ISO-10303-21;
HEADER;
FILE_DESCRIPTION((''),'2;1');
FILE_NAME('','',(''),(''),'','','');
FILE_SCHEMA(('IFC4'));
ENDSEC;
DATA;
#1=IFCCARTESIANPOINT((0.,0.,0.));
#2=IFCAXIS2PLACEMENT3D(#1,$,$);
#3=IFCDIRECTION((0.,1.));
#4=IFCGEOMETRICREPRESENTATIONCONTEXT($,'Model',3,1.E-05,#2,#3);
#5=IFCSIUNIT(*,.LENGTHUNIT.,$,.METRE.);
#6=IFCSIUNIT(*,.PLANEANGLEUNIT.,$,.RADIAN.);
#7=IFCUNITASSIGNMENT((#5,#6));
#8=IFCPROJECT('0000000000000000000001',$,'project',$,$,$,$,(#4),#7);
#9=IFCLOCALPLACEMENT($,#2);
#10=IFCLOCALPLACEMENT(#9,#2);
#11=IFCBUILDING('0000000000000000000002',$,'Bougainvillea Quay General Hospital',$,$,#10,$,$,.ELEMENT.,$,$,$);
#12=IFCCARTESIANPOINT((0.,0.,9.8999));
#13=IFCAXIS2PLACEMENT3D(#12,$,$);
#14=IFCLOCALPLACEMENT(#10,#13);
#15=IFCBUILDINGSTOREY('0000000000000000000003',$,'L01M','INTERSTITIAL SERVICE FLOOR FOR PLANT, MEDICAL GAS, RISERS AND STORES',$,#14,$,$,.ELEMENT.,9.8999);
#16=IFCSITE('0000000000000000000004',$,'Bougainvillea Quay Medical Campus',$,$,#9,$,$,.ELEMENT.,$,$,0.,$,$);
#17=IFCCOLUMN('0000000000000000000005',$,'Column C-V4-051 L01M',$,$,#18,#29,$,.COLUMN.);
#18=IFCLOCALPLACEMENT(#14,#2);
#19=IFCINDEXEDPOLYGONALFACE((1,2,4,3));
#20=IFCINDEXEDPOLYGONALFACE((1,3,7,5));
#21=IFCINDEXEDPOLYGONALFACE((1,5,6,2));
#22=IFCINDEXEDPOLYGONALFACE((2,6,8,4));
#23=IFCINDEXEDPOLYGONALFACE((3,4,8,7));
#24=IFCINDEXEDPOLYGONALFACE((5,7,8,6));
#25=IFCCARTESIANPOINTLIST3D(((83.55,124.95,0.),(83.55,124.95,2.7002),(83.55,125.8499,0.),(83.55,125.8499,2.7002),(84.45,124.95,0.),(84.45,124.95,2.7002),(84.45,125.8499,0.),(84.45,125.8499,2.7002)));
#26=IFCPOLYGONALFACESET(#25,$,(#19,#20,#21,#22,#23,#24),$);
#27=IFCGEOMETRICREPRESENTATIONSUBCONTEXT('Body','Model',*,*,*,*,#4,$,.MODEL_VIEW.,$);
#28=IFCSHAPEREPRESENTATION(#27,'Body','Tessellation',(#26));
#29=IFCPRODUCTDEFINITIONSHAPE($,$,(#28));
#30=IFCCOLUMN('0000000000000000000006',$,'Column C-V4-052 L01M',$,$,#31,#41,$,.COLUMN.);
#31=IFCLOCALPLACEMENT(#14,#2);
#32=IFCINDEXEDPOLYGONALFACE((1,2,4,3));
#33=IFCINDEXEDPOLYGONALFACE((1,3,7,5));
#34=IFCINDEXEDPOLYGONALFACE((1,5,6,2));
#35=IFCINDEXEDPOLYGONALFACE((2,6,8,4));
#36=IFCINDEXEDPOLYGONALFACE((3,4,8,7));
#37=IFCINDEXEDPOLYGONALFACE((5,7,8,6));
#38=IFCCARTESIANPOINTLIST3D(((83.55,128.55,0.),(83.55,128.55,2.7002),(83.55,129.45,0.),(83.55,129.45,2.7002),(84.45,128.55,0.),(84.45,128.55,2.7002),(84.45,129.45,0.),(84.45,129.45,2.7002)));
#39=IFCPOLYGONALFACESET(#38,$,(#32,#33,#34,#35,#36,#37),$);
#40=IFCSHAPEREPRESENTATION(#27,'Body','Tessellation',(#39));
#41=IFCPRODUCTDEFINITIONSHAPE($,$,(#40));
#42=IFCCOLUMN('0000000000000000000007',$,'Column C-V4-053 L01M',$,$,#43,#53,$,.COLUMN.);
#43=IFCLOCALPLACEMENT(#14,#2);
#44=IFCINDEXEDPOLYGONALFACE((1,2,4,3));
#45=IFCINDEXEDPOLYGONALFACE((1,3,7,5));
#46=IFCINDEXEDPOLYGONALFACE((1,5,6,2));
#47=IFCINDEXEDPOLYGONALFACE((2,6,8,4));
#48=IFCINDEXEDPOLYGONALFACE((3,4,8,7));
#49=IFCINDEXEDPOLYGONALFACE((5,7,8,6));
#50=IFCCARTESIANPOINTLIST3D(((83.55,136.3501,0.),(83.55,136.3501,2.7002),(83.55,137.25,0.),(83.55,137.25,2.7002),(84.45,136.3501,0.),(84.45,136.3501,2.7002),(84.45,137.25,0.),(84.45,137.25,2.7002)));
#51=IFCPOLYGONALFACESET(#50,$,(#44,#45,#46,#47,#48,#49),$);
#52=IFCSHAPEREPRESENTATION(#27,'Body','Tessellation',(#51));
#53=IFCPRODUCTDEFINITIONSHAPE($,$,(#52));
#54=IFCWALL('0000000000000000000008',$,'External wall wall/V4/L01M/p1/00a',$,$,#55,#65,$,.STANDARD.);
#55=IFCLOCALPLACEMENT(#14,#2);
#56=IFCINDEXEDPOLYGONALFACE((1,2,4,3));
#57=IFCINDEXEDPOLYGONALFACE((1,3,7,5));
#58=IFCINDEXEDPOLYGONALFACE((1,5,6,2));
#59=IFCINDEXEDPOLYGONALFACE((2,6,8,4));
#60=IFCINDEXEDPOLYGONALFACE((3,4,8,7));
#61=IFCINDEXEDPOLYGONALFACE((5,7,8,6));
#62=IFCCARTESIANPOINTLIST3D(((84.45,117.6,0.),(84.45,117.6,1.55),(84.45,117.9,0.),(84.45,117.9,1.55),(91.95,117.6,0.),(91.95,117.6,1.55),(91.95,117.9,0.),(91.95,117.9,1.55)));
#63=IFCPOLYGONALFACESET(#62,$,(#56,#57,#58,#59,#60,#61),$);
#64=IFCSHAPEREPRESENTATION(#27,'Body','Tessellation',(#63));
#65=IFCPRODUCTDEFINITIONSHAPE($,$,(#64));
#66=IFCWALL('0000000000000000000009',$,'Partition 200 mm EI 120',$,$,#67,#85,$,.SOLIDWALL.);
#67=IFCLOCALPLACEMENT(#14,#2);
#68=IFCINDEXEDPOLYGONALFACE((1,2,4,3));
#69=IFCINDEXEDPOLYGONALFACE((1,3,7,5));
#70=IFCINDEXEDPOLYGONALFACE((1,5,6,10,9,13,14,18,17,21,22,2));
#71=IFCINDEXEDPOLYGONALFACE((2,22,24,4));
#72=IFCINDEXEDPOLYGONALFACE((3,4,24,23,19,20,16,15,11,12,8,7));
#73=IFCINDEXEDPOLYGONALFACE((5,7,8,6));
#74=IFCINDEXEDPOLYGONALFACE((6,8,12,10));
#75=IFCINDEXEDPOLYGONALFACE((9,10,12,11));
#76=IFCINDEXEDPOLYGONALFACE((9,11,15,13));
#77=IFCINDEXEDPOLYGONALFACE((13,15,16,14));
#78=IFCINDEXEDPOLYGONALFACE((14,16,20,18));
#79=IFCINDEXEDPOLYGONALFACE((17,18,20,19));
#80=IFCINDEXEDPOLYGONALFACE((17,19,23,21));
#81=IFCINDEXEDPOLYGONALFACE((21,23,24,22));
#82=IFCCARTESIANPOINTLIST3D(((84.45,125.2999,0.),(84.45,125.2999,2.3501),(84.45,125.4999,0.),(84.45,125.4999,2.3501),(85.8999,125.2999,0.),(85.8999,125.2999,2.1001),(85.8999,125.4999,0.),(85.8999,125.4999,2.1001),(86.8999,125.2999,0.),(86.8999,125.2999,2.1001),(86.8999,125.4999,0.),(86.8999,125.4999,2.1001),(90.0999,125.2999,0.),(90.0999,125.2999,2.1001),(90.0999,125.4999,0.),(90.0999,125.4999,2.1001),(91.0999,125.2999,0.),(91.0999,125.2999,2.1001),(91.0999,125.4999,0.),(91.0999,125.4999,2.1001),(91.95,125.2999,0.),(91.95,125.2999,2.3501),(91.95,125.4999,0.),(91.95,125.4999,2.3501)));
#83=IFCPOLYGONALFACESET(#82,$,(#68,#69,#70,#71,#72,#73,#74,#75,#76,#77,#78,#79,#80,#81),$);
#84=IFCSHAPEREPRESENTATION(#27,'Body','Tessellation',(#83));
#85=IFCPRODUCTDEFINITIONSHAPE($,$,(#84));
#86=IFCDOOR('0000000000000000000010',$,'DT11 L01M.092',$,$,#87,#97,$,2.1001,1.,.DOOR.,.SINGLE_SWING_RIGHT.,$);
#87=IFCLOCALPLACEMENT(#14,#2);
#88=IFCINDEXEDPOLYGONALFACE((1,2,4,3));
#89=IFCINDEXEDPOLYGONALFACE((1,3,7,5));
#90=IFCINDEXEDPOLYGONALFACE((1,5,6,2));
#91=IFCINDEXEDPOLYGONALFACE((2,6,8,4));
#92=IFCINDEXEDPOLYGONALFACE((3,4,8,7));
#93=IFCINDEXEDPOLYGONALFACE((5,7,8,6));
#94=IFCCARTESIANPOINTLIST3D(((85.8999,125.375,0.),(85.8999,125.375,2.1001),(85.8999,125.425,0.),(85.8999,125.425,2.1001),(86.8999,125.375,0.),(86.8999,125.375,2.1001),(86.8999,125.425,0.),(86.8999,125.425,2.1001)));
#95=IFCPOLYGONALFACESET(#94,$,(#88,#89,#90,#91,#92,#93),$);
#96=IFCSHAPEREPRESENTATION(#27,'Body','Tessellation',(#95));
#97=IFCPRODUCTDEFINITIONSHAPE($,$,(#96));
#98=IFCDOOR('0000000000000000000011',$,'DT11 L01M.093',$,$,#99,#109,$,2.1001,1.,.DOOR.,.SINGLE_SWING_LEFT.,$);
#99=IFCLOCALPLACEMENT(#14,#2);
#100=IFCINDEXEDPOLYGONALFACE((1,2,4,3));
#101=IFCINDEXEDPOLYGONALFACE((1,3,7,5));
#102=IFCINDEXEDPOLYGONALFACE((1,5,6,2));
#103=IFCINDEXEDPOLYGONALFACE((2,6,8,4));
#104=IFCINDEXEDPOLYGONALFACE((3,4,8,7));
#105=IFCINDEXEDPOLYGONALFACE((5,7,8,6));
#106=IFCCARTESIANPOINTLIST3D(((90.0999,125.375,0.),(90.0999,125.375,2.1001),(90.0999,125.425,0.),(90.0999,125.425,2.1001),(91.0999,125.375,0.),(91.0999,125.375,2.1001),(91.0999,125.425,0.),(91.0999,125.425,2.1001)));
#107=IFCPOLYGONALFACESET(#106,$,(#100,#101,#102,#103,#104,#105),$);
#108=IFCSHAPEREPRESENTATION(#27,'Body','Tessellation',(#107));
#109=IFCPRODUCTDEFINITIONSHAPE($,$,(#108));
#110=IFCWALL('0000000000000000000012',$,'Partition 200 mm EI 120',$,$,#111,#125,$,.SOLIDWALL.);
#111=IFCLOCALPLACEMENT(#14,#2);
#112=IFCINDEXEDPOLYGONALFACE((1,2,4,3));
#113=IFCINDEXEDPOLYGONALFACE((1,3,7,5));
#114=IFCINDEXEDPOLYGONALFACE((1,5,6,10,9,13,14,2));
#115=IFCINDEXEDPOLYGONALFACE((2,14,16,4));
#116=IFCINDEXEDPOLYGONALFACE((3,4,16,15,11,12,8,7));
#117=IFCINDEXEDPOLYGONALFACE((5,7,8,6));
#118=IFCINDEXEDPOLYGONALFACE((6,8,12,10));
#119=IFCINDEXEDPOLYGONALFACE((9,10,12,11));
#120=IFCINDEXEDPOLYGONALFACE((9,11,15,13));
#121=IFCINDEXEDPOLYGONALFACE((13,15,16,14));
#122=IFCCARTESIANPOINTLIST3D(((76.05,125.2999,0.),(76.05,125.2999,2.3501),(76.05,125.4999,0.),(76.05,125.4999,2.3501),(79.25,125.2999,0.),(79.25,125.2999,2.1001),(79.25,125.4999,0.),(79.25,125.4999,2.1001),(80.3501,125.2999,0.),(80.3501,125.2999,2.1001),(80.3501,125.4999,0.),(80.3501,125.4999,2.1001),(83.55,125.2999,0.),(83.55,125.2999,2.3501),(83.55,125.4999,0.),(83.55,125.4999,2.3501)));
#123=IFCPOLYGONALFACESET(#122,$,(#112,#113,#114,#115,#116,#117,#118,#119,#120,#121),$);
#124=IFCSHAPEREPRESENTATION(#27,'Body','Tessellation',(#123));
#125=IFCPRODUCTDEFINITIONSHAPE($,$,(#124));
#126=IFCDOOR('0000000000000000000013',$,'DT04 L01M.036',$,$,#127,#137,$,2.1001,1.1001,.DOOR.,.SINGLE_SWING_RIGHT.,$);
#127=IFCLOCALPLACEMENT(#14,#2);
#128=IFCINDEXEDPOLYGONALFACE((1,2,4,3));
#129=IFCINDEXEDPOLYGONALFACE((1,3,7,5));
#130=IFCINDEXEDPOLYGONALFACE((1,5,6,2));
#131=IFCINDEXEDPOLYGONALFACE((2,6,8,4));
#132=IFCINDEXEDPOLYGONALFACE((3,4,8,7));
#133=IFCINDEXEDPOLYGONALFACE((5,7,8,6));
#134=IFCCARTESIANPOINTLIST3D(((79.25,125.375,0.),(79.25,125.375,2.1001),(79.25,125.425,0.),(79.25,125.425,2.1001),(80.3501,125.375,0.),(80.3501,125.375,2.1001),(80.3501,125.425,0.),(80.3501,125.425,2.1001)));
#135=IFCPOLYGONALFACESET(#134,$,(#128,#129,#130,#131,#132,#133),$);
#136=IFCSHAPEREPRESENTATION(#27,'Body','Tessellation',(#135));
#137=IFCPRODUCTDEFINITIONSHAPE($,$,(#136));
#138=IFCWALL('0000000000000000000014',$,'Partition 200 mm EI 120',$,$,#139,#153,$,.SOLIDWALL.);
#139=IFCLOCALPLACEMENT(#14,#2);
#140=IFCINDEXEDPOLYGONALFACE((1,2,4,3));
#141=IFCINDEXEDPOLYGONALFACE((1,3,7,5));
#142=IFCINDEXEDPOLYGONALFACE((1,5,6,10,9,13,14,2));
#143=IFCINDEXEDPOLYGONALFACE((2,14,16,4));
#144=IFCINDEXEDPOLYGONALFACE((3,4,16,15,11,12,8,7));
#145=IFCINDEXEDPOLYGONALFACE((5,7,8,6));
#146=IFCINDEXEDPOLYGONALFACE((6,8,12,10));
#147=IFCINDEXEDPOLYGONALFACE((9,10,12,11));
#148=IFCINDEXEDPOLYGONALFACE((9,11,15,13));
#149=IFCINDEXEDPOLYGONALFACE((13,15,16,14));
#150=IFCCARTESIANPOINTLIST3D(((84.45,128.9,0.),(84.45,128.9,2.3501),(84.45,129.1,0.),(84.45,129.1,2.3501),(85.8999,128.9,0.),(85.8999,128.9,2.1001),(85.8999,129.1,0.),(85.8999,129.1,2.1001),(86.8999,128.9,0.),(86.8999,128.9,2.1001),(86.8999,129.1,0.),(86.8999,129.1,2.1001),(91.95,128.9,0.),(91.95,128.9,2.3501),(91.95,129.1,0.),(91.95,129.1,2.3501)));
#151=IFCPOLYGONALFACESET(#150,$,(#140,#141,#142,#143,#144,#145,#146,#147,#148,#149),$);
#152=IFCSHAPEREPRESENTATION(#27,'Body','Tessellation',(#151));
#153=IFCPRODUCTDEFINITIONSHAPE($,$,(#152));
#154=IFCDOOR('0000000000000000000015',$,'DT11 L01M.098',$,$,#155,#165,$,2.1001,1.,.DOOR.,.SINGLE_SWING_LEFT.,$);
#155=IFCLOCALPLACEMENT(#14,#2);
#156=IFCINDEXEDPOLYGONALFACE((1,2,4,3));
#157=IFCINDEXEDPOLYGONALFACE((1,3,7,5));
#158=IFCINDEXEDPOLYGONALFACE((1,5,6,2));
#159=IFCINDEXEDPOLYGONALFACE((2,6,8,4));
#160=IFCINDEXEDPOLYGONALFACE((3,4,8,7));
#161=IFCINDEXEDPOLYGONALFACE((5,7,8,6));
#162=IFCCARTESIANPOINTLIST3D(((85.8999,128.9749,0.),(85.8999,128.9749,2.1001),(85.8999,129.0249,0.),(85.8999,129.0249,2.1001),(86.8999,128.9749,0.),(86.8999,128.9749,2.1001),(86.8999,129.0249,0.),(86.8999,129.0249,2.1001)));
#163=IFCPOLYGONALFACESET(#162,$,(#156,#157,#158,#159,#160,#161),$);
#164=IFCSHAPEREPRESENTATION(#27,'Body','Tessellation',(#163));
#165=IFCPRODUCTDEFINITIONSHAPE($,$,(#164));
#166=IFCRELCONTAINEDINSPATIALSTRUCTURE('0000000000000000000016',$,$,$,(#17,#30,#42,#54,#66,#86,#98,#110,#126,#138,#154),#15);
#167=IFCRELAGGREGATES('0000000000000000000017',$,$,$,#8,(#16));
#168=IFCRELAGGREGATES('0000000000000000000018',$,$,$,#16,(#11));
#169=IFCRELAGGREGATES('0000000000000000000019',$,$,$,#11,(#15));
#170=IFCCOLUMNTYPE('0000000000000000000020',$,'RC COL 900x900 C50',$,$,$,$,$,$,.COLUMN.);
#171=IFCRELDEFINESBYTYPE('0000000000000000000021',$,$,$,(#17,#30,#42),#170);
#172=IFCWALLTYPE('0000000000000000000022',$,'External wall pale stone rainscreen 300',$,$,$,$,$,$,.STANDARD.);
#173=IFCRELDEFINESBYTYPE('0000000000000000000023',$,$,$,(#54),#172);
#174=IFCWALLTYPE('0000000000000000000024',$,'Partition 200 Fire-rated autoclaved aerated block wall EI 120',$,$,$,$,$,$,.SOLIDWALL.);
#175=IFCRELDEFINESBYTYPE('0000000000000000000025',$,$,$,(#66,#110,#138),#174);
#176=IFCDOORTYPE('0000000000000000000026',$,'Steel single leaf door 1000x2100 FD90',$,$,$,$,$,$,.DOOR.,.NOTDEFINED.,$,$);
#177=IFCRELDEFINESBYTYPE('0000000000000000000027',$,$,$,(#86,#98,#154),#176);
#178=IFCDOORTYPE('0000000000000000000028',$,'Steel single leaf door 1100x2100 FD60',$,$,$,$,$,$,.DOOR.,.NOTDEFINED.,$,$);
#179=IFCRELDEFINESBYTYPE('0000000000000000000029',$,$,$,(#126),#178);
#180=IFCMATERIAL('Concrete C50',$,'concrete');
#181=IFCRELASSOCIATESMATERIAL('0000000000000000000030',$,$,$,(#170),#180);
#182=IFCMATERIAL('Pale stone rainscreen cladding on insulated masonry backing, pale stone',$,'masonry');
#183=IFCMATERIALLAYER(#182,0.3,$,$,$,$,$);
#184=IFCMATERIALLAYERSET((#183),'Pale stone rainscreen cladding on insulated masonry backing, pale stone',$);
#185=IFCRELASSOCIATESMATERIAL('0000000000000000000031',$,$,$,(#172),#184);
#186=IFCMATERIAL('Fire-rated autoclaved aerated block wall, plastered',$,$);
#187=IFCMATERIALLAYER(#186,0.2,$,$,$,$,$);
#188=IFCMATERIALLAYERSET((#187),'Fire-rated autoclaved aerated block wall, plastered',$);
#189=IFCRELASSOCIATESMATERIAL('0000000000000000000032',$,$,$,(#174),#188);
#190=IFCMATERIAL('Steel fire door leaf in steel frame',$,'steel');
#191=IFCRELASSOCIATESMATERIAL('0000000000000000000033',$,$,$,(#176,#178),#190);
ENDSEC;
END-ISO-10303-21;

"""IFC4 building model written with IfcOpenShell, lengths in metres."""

from ifc_helpers import new_model, si_unit, direction, frame, frame_2d, origin, origin_2d, place, context, subcontext, project, spatial, rectangle, extrude, material, layer, layer_set, material_profile, profile_set, type_object, element, fill, save


model = new_model("IFC4")

# Units and contexts
model_context = context("Model", 3, precision=1e-05, world=origin(), true_north=direction((0.0, 1.0)))
body_context = subcontext(model_context, "Body", "Model", "MODEL_VIEW")
ifc_project = project(units=[si_unit("LENGTHUNIT", "METRE"), si_unit("PLANEANGLEUNIT", "RADIAN")], contexts=[model_context])

# Site, building, storey
site_placement = place(None, origin())
site = spatial("IfcSite", under=ifc_project, at=site_placement, Name="Bougainvillea Quay Medical Campus", CompositionType="ELEMENT", RefElevation=0.0)
building_placement = place(site_placement, origin())
building = spatial("IfcBuilding", under=site, at=building_placement, Name="Bougainvillea Quay General Hospital", CompositionType="ELEMENT")
storey_placement = place(building_placement, frame((0.0, 0.0, 9.8999)))
storey = spatial("IfcBuildingStorey", under=building, at=storey_placement, Name="L01M", Description="INTERSTITIAL SERVICE FLOOR FOR PLANT, MEDICAL GAS, RISERS AND STORES", CompositionType="ELEMENT", Elevation=9.8999)

# Columns
ifc_material_1 = material(Name="Concrete C50", Category="concrete")
ifc_material_profile = material_profile(ifc_material_1, rectangle(XDim=0.8999, YDim=0.8999, at=origin_2d()))
ifc_profile_set = profile_set([ifc_material_profile], Name="Concrete C50")
column_type = type_object("IfcColumnType", Name="RC COL 900x900 C50", PredefinedType="COLUMN", material=ifc_profile_set)
for number, where, z_axis, x_axis, name in (
    (1, (84.0, 125.3999, 0.0), (0.0, 0.0, 1.0), (1.0, 0.0, 0.0), "Column C-V4-051 L01M"),
    (2, (84.0, 129.0, 0.0), (0.0, 0.0, 1.0), (1.0, 0.0, 0.0), "Column C-V4-052 L01M"),
    (3, (84.0, 136.8, 0.0), (0.0, 0.0, 1.0), (1.0, 0.0, 0.0), "Column C-V4-053 L01M"),
):
    element("IfcColumn", number, at=place(storey_placement, frame(where, z_axis=z_axis, x_axis=x_axis)), inside=storey, type_object=column_type, Name=name, PredefinedType="COLUMN", context=body_context, shape_type="SweptSolid", body=[
        extrude(rectangle(XDim=0.8999, YDim=0.8999, at=origin_2d()), origin(), (0.0, 0.0, 1.0), 2.7002),
    ])

# Wall
ifc_material_2 = material(Name="Pale stone rainscreen cladding on insulated masonry backing, pale stone", Category="masonry")
ifc_layer_1 = layer(ifc_material_2, 0.3)
ifc_layer_set_1 = layer_set([ifc_layer_1], Name="Pale stone rainscreen cladding on insulated masonry backing, pale stone")
wall_type_1 = type_object("IfcWallType", Name="External wall pale stone rainscreen 300", PredefinedType="STANDARD", material=ifc_layer_set_1)
wall_1_placement = place(storey_placement, frame((84.45, 117.75, 0.0), z_axis=(0.0, 0.0, 1.0), x_axis=(1.0, 0.0, 0.0)))
element("IfcWall", 4, at=wall_1_placement, inside=storey, type_object=wall_type_1, Name="External wall wall/V4/L01M/p1/00a", PredefinedType="STANDARD", context=body_context, shape_type="SweptSolid", body=[
    extrude(rectangle(XDim=7.5, YDim=0.3, at=frame_2d((3.75, 0.0))), origin(), (0.0, 0.0, 1.0), 1.55),
])

# Wall, openings, doors
ifc_material_3 = material(Name="Fire-rated autoclaved aerated block wall, plastered")
ifc_layer_2 = layer(ifc_material_3, 0.2)
ifc_layer_set_2 = layer_set([ifc_layer_2], Name="Fire-rated autoclaved aerated block wall, plastered")
wall_type_2 = type_object("IfcWallType", Name="Partition 200 Fire-rated autoclaved aerated block wall EI 120", PredefinedType="SOLIDWALL", material=ifc_layer_set_2)
wall_2_placement = place(storey_placement, frame((91.95, 125.3999, 0.0), z_axis=(0.0, 0.0, 1.0), x_axis=(-1.0, 0.0, 0.0)))
wall_2 = element("IfcWall", 5, at=wall_2_placement, inside=storey, type_object=wall_type_2, Name="Partition 200 mm EI 120", PredefinedType="SOLIDWALL", context=body_context, shape_type="SweptSolid", body=[
    extrude(rectangle(XDim=7.5, YDim=0.2, at=frame_2d((3.75, 0.0))), origin(), (0.0, 0.0, 1.0), 2.3501),
])
opening_1_placement = place(wall_2_placement, frame((5.05, 0.0, 0.0)))
opening_1 = element("IfcOpeningElement", 6, at=opening_1_placement, cuts=wall_2, PredefinedType="OPENING", context=body_context, shape_type="SweptSolid", body=[
    extrude(rectangle(XDim=1.0, YDim=2.1001, at=frame_2d((0.5, 1.05))), frame((0.0, 0.1099, 0.0), z_axis=(0.0, -1.0, 0.0), x_axis=(1.0, 0.0, 0.0)), (0.0, 0.0, 1.0), 0.22),
])
opening_2_placement = place(wall_2_placement, frame((0.8501, 0.0, 0.0)))
opening_2 = element("IfcOpeningElement", 7, at=opening_2_placement, cuts=wall_2, PredefinedType="OPENING", context=body_context, shape_type="SweptSolid", body=[
    extrude(rectangle(XDim=1.0, YDim=2.1001, at=frame_2d((0.5, 1.05))), frame((0.0, 0.1099, 0.0), z_axis=(0.0, -1.0, 0.0), x_axis=(1.0, 0.0, 0.0)), (0.0, 0.0, 1.0), 0.22),
])
ifc_material_4 = material(Name="Steel fire door leaf in steel frame", Category="steel")
door_type_1 = type_object("IfcDoorType", Name="Steel single leaf door 1000x2100 FD90", OperationType="NOTDEFINED", PredefinedType="DOOR", material=ifc_material_4)
door_1_placement = place(opening_1_placement, origin())
door_1 = element("IfcDoor", 8, at=door_1_placement, inside=storey, type_object=door_type_1, Name="DT11 L01M.092", OperationType="SINGLE_SWING_RIGHT", OverallHeight=2.1001, OverallWidth=1.0, PredefinedType="DOOR", context=body_context, shape_type="SweptSolid", body=[
    extrude(rectangle(XDim=1.0, YDim=2.1001, at=frame_2d((0.5, 1.05))), frame((0.0, 0.0249, 0.0), z_axis=(0.0, -1.0, 0.0), x_axis=(1.0, 0.0, 0.0)), (0.0, 0.0, 1.0), 0.05),
])
fill(opening_1, door_1)
door_2_placement = place(opening_2_placement, origin())
door_2 = element("IfcDoor", 9, at=door_2_placement, inside=storey, type_object=door_type_1, Name="DT11 L01M.093", OperationType="SINGLE_SWING_LEFT", OverallHeight=2.1001, OverallWidth=1.0, PredefinedType="DOOR", context=body_context, shape_type="SweptSolid", body=[
    extrude(rectangle(XDim=1.0, YDim=2.1001, at=frame_2d((0.5, 1.05))), frame((0.0, 0.0249, 0.0), z_axis=(0.0, -1.0, 0.0), x_axis=(1.0, 0.0, 0.0)), (0.0, 0.0, 1.0), 0.05),
])
fill(opening_2, door_2)

# Walls, openings, doors
wall_3_placement = place(storey_placement, frame((83.55, 125.3999, 0.0), z_axis=(0.0, 0.0, 1.0), x_axis=(-1.0, 0.0, 0.0)))
wall_3 = element("IfcWall", 10, at=wall_3_placement, inside=storey, type_object=wall_type_2, Name="Partition 200 mm EI 120", PredefinedType="SOLIDWALL", context=body_context, shape_type="SweptSolid", body=[
    extrude(rectangle(XDim=7.5, YDim=0.2, at=frame_2d((3.75, 0.0))), origin(), (0.0, 0.0, 1.0), 2.3501),
])
opening_3_placement = place(wall_3_placement, frame((3.2, 0.0, 0.0)))
opening_3 = element("IfcOpeningElement", 11, at=opening_3_placement, cuts=wall_3, PredefinedType="OPENING", context=body_context, shape_type="SweptSolid", body=[
    extrude(rectangle(XDim=1.1001, YDim=2.1001, at=frame_2d((0.55, 1.05))), frame((0.0, 0.1099, 0.0), z_axis=(0.0, -1.0, 0.0), x_axis=(1.0, 0.0, 0.0)), (0.0, 0.0, 1.0), 0.22),
])
door_type_2 = type_object("IfcDoorType", Name="Steel single leaf door 1100x2100 FD60", OperationType="NOTDEFINED", PredefinedType="DOOR", material=ifc_material_4)
door_3_placement = place(opening_3_placement, origin())
door_3 = element("IfcDoor", 12, at=door_3_placement, inside=storey, type_object=door_type_2, Name="DT04 L01M.036", OperationType="SINGLE_SWING_RIGHT", OverallHeight=2.1001, OverallWidth=1.1001, PredefinedType="DOOR", context=body_context, shape_type="SweptSolid", body=[
    extrude(rectangle(XDim=1.1001, YDim=2.1001, at=frame_2d((0.55, 1.05))), frame((0.0, 0.0249, 0.0), z_axis=(0.0, -1.0, 0.0), x_axis=(1.0, 0.0, 0.0)), (0.0, 0.0, 1.0), 0.05),
])
fill(opening_3, door_3)
wall_4_placement = place(storey_placement, frame((91.95, 129.0, 0.0), z_axis=(0.0, 0.0, 1.0), x_axis=(-1.0, 0.0, 0.0)))
wall_4 = element("IfcWall", 13, at=wall_4_placement, inside=storey, type_object=wall_type_2, Name="Partition 200 mm EI 120", PredefinedType="SOLIDWALL", context=body_context, shape_type="SweptSolid", body=[
    extrude(rectangle(XDim=7.5, YDim=0.2, at=frame_2d((3.75, 0.0))), origin(), (0.0, 0.0, 1.0), 2.3501),
])
opening_4_placement = place(wall_4_placement, frame((5.05, 0.0, 0.0)))
opening_4 = element("IfcOpeningElement", 14, at=opening_4_placement, cuts=wall_4, PredefinedType="OPENING", context=body_context, shape_type="SweptSolid", body=[
    extrude(rectangle(XDim=1.0, YDim=2.1001, at=frame_2d((0.5, 1.05))), frame((0.0, 0.1099, 0.0), z_axis=(0.0, -1.0, 0.0), x_axis=(1.0, 0.0, 0.0)), (0.0, 0.0, 1.0), 0.22),
])
door_4_placement = place(opening_4_placement, frame((1.0, 0.0, 0.0), z_axis=(0.0, 0.0, 1.0), x_axis=(-1.0, 0.0, 0.0)))
door_4 = element("IfcDoor", 15, at=door_4_placement, inside=storey, type_object=door_type_1, Name="DT11 L01M.098", OperationType="SINGLE_SWING_LEFT", OverallHeight=2.1001, OverallWidth=1.0, PredefinedType="DOOR", context=body_context, shape_type="SweptSolid", body=[
    extrude(rectangle(XDim=1.0, YDim=2.1001, at=frame_2d((0.5, 1.05))), frame((0.0, 0.0249, 0.0), z_axis=(0.0, -1.0, 0.0), x_axis=(1.0, 0.0, 0.0)), (0.0, 0.0, 1.0), 0.05),
])
fill(opening_4, door_4)

save(model, "model.ifc")
